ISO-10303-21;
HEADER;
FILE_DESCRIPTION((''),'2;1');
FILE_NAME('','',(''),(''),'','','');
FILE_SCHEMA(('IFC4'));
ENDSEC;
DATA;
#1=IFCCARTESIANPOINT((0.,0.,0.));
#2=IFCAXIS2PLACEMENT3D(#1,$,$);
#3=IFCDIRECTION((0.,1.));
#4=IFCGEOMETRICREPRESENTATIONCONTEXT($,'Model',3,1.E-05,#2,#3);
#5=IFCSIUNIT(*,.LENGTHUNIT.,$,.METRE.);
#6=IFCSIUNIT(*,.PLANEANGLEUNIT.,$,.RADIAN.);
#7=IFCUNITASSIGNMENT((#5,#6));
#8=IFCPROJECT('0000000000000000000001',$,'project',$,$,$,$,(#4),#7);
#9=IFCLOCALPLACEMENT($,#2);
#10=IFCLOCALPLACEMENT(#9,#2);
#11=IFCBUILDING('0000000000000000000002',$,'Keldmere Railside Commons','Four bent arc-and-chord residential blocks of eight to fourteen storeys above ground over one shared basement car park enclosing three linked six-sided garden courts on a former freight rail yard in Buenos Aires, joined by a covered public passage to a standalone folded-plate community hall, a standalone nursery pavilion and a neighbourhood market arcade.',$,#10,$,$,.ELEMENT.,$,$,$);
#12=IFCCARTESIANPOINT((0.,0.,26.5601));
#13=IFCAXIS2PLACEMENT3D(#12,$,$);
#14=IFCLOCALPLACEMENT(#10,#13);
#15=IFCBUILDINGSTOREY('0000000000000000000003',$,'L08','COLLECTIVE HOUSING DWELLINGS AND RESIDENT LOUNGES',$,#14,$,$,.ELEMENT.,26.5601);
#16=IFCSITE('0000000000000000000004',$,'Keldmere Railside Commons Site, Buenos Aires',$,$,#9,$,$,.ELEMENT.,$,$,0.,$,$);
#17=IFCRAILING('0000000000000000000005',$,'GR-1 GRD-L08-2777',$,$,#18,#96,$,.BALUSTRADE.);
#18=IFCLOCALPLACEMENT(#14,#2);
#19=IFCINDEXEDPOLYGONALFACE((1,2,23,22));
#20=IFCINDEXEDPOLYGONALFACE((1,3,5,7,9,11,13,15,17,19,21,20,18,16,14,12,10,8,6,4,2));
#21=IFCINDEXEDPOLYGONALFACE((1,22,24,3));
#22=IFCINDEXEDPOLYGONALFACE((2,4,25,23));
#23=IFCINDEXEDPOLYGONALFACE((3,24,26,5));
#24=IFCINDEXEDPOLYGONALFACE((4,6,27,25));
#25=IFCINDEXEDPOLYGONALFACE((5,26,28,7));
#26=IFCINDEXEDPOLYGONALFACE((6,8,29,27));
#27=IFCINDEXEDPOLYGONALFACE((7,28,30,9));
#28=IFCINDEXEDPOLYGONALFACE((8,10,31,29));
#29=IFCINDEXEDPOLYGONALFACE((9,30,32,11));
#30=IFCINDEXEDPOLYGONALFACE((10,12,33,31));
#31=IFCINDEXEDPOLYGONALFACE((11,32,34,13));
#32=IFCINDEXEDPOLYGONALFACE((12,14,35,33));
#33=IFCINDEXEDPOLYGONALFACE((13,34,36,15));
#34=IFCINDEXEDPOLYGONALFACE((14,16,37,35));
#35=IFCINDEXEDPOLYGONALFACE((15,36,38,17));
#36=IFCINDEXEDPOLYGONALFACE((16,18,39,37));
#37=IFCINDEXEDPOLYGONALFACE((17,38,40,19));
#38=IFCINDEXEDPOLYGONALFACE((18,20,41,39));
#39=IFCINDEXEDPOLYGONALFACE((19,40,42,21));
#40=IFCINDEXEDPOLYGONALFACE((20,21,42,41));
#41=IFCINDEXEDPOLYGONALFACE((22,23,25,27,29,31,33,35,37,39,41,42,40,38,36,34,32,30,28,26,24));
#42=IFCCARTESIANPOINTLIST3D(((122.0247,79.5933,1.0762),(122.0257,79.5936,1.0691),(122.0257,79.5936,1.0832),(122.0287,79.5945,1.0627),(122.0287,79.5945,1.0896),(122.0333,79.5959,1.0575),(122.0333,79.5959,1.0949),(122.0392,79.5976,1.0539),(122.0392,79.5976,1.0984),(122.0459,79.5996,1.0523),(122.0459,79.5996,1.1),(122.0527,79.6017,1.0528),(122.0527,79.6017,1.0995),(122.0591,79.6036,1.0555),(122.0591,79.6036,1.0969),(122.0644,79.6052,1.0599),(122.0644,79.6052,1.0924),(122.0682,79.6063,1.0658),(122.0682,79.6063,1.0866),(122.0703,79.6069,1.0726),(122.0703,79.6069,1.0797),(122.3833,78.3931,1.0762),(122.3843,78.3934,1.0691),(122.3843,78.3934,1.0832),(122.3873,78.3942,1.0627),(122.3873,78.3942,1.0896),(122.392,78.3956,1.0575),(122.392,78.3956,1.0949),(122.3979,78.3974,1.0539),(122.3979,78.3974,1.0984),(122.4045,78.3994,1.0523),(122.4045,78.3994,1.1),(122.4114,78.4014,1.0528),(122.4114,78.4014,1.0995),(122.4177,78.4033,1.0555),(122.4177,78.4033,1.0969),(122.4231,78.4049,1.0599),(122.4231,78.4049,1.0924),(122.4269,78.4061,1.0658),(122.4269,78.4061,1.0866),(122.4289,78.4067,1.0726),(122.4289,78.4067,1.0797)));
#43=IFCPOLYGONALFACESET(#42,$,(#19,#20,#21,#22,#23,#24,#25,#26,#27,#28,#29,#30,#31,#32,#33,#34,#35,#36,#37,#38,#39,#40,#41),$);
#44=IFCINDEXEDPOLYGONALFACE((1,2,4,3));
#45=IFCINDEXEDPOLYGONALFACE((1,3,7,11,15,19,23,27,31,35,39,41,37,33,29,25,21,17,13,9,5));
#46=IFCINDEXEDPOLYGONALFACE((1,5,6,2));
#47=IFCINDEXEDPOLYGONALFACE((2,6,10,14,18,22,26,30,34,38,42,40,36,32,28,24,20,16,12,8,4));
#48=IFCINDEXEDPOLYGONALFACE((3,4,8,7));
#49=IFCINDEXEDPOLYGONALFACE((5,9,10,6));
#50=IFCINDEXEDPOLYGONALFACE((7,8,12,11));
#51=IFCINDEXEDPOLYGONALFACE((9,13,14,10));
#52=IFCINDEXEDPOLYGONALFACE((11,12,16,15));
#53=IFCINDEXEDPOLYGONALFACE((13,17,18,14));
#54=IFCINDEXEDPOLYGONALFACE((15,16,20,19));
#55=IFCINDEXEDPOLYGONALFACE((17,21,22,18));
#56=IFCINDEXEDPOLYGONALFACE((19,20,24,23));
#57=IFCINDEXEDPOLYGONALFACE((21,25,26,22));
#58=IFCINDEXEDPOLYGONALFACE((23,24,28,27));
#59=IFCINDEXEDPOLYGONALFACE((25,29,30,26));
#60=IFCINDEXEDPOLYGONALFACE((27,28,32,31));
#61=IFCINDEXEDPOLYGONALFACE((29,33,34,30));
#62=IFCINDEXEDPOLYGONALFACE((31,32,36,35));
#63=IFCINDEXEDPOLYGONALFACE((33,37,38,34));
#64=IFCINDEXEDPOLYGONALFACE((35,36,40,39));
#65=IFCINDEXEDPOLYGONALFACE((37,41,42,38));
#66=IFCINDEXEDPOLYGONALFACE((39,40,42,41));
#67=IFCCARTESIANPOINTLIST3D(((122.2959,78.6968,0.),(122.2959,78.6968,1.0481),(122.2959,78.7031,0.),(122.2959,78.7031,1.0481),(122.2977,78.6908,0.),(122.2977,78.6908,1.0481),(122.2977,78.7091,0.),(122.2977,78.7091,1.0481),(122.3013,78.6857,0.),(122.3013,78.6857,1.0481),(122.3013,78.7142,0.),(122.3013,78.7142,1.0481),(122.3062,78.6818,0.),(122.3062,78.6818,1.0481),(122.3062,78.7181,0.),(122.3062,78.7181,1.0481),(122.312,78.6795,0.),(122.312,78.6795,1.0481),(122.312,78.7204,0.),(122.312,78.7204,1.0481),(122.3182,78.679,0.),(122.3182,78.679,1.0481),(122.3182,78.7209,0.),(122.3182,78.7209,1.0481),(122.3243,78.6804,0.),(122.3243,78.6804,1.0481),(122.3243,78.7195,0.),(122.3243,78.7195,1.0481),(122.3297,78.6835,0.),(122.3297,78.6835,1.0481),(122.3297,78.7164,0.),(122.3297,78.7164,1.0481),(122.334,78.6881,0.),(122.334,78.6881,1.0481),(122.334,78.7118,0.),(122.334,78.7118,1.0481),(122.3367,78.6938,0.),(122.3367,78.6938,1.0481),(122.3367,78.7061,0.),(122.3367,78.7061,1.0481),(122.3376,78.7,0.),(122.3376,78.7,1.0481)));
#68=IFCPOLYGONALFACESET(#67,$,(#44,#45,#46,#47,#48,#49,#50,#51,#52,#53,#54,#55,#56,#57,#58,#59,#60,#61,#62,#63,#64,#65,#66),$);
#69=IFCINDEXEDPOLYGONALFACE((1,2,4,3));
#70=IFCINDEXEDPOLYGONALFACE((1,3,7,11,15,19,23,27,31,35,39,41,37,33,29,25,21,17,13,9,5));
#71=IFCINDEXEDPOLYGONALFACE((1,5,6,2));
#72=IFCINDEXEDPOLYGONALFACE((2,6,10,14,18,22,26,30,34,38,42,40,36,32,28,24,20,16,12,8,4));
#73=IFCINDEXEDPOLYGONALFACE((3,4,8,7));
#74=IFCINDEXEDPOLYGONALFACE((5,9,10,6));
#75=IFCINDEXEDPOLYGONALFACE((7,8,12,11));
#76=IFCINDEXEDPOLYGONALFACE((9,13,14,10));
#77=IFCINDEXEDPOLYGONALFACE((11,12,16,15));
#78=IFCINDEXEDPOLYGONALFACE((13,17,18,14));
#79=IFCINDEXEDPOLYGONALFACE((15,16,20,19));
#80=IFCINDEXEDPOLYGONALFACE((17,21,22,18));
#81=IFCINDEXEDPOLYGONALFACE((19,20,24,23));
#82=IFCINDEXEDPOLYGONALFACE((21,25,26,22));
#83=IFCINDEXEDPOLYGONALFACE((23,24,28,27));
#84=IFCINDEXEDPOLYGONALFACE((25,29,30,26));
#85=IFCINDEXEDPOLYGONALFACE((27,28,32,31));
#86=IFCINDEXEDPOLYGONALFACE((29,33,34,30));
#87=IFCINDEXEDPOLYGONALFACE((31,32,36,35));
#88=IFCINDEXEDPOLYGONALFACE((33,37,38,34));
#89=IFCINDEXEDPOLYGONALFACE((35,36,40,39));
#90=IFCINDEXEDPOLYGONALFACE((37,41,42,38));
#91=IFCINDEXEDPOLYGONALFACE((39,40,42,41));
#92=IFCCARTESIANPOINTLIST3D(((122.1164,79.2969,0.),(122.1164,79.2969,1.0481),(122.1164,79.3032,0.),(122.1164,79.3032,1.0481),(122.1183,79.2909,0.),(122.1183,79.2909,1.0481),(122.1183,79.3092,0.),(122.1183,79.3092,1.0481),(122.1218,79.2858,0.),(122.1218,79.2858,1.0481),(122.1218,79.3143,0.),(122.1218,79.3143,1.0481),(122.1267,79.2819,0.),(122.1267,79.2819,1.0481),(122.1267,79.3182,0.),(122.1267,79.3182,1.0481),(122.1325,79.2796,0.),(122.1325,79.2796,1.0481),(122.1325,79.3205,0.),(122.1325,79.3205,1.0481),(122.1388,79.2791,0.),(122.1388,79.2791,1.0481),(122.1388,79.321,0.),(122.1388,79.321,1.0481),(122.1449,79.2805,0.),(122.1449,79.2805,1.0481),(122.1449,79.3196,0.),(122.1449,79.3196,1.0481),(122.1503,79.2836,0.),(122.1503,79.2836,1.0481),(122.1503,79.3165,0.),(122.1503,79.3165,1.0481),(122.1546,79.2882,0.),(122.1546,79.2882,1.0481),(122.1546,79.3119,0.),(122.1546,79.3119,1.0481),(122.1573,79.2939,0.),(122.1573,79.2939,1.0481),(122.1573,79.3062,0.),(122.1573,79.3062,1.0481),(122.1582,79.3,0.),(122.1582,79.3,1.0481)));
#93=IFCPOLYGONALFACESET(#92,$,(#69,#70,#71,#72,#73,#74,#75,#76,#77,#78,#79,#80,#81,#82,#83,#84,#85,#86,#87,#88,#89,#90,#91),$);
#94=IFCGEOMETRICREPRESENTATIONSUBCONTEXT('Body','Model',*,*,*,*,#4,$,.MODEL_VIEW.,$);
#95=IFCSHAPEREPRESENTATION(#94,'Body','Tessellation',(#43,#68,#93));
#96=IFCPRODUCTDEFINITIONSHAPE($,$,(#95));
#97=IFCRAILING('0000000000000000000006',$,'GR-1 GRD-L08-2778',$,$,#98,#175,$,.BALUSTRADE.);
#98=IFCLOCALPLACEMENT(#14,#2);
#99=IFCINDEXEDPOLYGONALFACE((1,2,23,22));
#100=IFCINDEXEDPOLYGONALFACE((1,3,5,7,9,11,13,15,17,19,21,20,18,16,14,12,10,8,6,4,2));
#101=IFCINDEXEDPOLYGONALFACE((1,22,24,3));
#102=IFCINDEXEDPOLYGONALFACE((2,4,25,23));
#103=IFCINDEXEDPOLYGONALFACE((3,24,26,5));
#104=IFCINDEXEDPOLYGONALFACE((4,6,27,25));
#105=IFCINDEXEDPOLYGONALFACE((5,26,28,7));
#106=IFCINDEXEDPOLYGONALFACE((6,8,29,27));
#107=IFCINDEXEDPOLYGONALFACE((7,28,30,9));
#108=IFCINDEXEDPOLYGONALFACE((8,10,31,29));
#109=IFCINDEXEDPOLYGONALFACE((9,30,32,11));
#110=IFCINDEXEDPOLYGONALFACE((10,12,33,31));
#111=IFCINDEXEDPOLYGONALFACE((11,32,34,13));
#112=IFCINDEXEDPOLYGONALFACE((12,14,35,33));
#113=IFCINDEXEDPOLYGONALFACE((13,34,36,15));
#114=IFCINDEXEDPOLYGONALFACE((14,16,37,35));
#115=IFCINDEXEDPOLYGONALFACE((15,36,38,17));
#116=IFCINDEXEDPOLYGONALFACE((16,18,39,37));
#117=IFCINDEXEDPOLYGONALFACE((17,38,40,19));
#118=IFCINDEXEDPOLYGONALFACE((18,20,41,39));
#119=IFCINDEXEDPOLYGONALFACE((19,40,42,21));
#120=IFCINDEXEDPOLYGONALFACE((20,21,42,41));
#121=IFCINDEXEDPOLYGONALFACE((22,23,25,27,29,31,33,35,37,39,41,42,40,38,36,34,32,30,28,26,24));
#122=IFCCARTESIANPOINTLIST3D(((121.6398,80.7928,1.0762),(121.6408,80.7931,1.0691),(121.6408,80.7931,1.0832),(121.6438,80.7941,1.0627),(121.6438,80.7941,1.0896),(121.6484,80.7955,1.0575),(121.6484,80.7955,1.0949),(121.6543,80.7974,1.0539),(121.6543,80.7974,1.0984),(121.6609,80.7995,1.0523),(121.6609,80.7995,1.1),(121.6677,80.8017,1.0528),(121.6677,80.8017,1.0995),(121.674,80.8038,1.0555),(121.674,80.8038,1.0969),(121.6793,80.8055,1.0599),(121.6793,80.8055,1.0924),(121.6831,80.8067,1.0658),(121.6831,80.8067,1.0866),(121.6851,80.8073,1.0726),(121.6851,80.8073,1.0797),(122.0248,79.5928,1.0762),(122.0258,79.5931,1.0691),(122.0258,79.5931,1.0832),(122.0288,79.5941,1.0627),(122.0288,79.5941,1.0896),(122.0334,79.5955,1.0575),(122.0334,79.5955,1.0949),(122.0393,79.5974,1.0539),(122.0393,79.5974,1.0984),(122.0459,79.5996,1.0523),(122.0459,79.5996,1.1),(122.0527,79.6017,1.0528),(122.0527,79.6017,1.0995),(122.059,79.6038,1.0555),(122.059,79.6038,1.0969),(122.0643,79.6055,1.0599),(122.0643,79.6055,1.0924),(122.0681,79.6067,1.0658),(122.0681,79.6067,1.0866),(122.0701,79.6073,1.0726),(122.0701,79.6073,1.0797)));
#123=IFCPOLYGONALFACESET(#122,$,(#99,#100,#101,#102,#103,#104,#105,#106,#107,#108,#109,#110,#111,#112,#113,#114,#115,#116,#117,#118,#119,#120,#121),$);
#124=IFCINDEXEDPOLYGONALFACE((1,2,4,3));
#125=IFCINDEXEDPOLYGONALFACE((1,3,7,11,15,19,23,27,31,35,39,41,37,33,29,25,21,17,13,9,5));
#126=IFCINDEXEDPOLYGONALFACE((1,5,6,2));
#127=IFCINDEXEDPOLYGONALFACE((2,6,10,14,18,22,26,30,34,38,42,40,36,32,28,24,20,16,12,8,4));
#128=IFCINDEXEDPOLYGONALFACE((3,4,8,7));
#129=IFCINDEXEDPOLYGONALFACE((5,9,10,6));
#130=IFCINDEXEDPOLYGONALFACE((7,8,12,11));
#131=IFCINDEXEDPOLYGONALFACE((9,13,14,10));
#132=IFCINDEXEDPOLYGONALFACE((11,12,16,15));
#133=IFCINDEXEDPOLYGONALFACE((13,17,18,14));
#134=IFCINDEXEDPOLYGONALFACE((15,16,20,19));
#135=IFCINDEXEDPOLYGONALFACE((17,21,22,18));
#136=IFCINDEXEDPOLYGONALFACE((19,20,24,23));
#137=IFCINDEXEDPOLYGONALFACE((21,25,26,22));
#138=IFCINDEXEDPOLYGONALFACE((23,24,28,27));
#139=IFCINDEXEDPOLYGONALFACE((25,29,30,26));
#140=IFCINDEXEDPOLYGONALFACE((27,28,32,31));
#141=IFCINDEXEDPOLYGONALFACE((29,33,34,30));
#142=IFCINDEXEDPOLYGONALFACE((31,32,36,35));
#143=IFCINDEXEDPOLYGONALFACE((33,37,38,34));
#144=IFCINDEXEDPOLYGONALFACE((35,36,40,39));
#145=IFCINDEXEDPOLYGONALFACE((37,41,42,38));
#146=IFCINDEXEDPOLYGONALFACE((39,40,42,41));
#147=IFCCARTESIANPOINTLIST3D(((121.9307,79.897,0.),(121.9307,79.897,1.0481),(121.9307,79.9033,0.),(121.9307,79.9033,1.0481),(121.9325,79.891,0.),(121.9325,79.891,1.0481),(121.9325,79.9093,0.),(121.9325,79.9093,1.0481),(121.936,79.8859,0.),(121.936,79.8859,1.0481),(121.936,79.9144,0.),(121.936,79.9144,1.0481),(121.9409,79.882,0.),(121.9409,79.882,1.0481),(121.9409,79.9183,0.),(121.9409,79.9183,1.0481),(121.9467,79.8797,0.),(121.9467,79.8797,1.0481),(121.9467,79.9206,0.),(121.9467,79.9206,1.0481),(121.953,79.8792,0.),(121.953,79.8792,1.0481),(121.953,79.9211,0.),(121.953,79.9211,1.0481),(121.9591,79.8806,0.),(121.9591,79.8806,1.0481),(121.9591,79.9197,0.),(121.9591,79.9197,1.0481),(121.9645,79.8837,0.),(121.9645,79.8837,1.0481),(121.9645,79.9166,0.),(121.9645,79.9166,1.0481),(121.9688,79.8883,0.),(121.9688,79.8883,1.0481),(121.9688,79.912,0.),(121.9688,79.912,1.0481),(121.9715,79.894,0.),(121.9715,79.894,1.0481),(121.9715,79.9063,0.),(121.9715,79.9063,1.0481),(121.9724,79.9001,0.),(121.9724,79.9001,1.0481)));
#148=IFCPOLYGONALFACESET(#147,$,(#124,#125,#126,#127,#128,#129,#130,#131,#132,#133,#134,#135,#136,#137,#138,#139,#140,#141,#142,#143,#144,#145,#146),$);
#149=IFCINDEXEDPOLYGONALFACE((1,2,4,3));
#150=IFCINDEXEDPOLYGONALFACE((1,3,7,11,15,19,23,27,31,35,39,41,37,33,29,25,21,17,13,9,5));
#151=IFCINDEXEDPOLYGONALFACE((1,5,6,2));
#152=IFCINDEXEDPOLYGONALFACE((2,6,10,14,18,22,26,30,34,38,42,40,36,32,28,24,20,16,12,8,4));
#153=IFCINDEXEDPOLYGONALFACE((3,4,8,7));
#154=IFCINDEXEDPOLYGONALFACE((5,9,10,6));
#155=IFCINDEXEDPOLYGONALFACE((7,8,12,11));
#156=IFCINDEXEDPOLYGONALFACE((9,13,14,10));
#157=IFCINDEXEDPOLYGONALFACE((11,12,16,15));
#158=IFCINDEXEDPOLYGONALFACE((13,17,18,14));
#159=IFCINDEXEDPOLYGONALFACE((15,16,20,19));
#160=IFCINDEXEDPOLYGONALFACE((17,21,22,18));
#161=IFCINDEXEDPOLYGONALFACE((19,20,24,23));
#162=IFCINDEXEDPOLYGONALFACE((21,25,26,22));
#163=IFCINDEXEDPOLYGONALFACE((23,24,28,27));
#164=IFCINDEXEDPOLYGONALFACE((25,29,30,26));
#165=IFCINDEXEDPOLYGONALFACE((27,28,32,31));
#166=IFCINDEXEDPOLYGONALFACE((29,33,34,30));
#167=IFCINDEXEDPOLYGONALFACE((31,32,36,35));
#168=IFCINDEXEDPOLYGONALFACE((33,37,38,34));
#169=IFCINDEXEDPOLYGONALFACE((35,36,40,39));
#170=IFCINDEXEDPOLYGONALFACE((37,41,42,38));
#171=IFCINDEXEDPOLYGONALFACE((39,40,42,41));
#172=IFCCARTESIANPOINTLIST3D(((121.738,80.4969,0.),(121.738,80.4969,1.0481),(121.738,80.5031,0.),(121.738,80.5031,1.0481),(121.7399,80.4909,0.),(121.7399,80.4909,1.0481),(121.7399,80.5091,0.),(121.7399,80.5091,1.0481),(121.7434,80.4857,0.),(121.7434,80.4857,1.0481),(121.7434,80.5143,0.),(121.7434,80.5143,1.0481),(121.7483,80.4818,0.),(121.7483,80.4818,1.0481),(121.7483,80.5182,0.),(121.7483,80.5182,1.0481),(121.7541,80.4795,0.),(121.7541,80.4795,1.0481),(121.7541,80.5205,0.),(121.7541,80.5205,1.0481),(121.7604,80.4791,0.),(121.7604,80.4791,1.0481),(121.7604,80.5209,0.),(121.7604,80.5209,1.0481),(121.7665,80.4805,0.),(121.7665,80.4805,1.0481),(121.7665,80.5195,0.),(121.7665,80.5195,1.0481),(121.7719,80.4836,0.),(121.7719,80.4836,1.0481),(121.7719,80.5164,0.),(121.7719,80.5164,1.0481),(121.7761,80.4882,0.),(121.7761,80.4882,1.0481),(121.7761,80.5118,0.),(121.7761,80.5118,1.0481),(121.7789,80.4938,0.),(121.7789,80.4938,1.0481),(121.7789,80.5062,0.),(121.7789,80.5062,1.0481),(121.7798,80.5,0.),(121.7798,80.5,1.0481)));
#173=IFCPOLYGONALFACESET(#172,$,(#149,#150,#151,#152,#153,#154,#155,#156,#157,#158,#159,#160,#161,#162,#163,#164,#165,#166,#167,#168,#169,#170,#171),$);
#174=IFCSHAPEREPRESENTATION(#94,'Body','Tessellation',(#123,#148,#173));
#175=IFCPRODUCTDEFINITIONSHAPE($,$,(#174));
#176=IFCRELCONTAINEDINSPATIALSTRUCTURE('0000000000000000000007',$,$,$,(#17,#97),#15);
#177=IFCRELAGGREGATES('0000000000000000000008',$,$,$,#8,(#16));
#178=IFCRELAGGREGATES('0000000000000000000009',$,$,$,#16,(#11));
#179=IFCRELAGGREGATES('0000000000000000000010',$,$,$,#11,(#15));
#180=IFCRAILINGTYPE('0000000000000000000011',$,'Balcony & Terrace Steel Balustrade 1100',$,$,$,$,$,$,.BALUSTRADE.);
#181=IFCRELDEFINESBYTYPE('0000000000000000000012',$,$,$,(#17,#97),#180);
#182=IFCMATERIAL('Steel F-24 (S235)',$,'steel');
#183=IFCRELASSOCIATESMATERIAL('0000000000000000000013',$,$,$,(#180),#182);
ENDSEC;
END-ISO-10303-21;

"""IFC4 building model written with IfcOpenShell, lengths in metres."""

from ifc_helpers import new_model, si_unit, direction, frame, origin, origin_2d, place, context, subcontext, project, spatial, circle, extrude, material, type_object, element, save


model = new_model("IFC4")

# Units and contexts
model_context = context("Model", 3, precision=1e-05, world=origin(), true_north=direction((0.0, 1.0)))
body_context = subcontext(model_context, "Body", "Model", "MODEL_VIEW")
ifc_project = project(units=[si_unit("LENGTHUNIT", "METRE"), si_unit("PLANEANGLEUNIT", "RADIAN")], contexts=[model_context])

# Site, building, storey
site_placement = place(None, origin())
site = spatial("IfcSite", under=ifc_project, at=site_placement, Name="Keldmere Railside Commons Site, Buenos Aires", CompositionType="ELEMENT", RefElevation=0.0)
building_placement = place(site_placement, origin())
building = spatial("IfcBuilding", under=site, at=building_placement, Name="Keldmere Railside Commons", Description="Four bent arc-and-chord residential blocks of eight to fourteen storeys above ground over one shared basement car park enclosing three linked six-sided garden courts on a former freight rail yard in Buenos Aires, joined by a covered public passage to a standalone folded-plate community hall, a standalone nursery pavilion and a neighbourhood market arcade.", CompositionType="ELEMENT")
storey_placement = place(building_placement, frame((0.0, 0.0, 26.5601)))
storey = spatial("IfcBuildingStorey", under=building, at=storey_placement, Name="L08", Description="COLLECTIVE HOUSING DWELLINGS AND RESIDENT LOUNGES", CompositionType="ELEMENT", Elevation=26.5601)

# Railings
ifc_material_1 = material(Name="Steel F-24 (S235)", Category="steel")
railing_type = type_object("IfcRailingType", Name="Balcony & Terrace Steel Balustrade 1100", PredefinedType="BALUSTRADE", material=ifc_material_1)
railing_1_placement = place(storey_placement, frame((122.4062, 78.3999, 0.0)))
element("IfcRailing", 1, at=railing_1_placement, inside=storey, type_object=railing_type, Name="GR-1 GRD-L08-2777", PredefinedType="BALUSTRADE", context=body_context, shape_type="SweptSolid", body=[
    extrude(circle(Radius=0.0239, at=origin_2d()), frame((0.0, 0.0, 1.0762), z_axis=(-0.286311, 0.958137, 0.0), x_axis=(-0.958137, -0.286311, 0.0)), (0.0, 0.0, 1.0), 1.2527),
    extrude(circle(Radius=0.021, at=origin_2d()), frame((-0.0896, 0.3, 0.0)), (0.0, 0.0, 1.0), 1.0481),
    extrude(circle(Radius=0.021, at=origin_2d()), frame((-0.269, 0.9001, 0.0)), (0.0, 0.0, 1.0), 1.0481),
])
railing_2_placement = place(storey_placement, frame((122.0476, 79.6001, 0.0)))
element("IfcRailing", 2, at=railing_2_placement, inside=storey, type_object=railing_type, Name="GR-1 GRD-L08-2778", PredefinedType="BALUSTRADE", context=body_context, shape_type="SweptSolid", body=[
    extrude(circle(Radius=0.0239, at=origin_2d()), frame((0.0, 0.0, 1.0762), z_axis=(-0.305514, 0.952188, 0.0), x_axis=(-0.952188, -0.305514, 0.0)), (0.0, 0.0, 1.0), 1.2603),
    extrude(circle(Radius=0.021, at=origin_2d()), frame((-0.0962, 0.3, 0.0)), (0.0, 0.0, 1.0), 1.0481),
    extrude(circle(Radius=0.021, at=origin_2d()), frame((-0.2888, 0.8999, 0.0)), (0.0, 0.0, 1.0), 1.0481),
])

save(model, "model.ifc")
